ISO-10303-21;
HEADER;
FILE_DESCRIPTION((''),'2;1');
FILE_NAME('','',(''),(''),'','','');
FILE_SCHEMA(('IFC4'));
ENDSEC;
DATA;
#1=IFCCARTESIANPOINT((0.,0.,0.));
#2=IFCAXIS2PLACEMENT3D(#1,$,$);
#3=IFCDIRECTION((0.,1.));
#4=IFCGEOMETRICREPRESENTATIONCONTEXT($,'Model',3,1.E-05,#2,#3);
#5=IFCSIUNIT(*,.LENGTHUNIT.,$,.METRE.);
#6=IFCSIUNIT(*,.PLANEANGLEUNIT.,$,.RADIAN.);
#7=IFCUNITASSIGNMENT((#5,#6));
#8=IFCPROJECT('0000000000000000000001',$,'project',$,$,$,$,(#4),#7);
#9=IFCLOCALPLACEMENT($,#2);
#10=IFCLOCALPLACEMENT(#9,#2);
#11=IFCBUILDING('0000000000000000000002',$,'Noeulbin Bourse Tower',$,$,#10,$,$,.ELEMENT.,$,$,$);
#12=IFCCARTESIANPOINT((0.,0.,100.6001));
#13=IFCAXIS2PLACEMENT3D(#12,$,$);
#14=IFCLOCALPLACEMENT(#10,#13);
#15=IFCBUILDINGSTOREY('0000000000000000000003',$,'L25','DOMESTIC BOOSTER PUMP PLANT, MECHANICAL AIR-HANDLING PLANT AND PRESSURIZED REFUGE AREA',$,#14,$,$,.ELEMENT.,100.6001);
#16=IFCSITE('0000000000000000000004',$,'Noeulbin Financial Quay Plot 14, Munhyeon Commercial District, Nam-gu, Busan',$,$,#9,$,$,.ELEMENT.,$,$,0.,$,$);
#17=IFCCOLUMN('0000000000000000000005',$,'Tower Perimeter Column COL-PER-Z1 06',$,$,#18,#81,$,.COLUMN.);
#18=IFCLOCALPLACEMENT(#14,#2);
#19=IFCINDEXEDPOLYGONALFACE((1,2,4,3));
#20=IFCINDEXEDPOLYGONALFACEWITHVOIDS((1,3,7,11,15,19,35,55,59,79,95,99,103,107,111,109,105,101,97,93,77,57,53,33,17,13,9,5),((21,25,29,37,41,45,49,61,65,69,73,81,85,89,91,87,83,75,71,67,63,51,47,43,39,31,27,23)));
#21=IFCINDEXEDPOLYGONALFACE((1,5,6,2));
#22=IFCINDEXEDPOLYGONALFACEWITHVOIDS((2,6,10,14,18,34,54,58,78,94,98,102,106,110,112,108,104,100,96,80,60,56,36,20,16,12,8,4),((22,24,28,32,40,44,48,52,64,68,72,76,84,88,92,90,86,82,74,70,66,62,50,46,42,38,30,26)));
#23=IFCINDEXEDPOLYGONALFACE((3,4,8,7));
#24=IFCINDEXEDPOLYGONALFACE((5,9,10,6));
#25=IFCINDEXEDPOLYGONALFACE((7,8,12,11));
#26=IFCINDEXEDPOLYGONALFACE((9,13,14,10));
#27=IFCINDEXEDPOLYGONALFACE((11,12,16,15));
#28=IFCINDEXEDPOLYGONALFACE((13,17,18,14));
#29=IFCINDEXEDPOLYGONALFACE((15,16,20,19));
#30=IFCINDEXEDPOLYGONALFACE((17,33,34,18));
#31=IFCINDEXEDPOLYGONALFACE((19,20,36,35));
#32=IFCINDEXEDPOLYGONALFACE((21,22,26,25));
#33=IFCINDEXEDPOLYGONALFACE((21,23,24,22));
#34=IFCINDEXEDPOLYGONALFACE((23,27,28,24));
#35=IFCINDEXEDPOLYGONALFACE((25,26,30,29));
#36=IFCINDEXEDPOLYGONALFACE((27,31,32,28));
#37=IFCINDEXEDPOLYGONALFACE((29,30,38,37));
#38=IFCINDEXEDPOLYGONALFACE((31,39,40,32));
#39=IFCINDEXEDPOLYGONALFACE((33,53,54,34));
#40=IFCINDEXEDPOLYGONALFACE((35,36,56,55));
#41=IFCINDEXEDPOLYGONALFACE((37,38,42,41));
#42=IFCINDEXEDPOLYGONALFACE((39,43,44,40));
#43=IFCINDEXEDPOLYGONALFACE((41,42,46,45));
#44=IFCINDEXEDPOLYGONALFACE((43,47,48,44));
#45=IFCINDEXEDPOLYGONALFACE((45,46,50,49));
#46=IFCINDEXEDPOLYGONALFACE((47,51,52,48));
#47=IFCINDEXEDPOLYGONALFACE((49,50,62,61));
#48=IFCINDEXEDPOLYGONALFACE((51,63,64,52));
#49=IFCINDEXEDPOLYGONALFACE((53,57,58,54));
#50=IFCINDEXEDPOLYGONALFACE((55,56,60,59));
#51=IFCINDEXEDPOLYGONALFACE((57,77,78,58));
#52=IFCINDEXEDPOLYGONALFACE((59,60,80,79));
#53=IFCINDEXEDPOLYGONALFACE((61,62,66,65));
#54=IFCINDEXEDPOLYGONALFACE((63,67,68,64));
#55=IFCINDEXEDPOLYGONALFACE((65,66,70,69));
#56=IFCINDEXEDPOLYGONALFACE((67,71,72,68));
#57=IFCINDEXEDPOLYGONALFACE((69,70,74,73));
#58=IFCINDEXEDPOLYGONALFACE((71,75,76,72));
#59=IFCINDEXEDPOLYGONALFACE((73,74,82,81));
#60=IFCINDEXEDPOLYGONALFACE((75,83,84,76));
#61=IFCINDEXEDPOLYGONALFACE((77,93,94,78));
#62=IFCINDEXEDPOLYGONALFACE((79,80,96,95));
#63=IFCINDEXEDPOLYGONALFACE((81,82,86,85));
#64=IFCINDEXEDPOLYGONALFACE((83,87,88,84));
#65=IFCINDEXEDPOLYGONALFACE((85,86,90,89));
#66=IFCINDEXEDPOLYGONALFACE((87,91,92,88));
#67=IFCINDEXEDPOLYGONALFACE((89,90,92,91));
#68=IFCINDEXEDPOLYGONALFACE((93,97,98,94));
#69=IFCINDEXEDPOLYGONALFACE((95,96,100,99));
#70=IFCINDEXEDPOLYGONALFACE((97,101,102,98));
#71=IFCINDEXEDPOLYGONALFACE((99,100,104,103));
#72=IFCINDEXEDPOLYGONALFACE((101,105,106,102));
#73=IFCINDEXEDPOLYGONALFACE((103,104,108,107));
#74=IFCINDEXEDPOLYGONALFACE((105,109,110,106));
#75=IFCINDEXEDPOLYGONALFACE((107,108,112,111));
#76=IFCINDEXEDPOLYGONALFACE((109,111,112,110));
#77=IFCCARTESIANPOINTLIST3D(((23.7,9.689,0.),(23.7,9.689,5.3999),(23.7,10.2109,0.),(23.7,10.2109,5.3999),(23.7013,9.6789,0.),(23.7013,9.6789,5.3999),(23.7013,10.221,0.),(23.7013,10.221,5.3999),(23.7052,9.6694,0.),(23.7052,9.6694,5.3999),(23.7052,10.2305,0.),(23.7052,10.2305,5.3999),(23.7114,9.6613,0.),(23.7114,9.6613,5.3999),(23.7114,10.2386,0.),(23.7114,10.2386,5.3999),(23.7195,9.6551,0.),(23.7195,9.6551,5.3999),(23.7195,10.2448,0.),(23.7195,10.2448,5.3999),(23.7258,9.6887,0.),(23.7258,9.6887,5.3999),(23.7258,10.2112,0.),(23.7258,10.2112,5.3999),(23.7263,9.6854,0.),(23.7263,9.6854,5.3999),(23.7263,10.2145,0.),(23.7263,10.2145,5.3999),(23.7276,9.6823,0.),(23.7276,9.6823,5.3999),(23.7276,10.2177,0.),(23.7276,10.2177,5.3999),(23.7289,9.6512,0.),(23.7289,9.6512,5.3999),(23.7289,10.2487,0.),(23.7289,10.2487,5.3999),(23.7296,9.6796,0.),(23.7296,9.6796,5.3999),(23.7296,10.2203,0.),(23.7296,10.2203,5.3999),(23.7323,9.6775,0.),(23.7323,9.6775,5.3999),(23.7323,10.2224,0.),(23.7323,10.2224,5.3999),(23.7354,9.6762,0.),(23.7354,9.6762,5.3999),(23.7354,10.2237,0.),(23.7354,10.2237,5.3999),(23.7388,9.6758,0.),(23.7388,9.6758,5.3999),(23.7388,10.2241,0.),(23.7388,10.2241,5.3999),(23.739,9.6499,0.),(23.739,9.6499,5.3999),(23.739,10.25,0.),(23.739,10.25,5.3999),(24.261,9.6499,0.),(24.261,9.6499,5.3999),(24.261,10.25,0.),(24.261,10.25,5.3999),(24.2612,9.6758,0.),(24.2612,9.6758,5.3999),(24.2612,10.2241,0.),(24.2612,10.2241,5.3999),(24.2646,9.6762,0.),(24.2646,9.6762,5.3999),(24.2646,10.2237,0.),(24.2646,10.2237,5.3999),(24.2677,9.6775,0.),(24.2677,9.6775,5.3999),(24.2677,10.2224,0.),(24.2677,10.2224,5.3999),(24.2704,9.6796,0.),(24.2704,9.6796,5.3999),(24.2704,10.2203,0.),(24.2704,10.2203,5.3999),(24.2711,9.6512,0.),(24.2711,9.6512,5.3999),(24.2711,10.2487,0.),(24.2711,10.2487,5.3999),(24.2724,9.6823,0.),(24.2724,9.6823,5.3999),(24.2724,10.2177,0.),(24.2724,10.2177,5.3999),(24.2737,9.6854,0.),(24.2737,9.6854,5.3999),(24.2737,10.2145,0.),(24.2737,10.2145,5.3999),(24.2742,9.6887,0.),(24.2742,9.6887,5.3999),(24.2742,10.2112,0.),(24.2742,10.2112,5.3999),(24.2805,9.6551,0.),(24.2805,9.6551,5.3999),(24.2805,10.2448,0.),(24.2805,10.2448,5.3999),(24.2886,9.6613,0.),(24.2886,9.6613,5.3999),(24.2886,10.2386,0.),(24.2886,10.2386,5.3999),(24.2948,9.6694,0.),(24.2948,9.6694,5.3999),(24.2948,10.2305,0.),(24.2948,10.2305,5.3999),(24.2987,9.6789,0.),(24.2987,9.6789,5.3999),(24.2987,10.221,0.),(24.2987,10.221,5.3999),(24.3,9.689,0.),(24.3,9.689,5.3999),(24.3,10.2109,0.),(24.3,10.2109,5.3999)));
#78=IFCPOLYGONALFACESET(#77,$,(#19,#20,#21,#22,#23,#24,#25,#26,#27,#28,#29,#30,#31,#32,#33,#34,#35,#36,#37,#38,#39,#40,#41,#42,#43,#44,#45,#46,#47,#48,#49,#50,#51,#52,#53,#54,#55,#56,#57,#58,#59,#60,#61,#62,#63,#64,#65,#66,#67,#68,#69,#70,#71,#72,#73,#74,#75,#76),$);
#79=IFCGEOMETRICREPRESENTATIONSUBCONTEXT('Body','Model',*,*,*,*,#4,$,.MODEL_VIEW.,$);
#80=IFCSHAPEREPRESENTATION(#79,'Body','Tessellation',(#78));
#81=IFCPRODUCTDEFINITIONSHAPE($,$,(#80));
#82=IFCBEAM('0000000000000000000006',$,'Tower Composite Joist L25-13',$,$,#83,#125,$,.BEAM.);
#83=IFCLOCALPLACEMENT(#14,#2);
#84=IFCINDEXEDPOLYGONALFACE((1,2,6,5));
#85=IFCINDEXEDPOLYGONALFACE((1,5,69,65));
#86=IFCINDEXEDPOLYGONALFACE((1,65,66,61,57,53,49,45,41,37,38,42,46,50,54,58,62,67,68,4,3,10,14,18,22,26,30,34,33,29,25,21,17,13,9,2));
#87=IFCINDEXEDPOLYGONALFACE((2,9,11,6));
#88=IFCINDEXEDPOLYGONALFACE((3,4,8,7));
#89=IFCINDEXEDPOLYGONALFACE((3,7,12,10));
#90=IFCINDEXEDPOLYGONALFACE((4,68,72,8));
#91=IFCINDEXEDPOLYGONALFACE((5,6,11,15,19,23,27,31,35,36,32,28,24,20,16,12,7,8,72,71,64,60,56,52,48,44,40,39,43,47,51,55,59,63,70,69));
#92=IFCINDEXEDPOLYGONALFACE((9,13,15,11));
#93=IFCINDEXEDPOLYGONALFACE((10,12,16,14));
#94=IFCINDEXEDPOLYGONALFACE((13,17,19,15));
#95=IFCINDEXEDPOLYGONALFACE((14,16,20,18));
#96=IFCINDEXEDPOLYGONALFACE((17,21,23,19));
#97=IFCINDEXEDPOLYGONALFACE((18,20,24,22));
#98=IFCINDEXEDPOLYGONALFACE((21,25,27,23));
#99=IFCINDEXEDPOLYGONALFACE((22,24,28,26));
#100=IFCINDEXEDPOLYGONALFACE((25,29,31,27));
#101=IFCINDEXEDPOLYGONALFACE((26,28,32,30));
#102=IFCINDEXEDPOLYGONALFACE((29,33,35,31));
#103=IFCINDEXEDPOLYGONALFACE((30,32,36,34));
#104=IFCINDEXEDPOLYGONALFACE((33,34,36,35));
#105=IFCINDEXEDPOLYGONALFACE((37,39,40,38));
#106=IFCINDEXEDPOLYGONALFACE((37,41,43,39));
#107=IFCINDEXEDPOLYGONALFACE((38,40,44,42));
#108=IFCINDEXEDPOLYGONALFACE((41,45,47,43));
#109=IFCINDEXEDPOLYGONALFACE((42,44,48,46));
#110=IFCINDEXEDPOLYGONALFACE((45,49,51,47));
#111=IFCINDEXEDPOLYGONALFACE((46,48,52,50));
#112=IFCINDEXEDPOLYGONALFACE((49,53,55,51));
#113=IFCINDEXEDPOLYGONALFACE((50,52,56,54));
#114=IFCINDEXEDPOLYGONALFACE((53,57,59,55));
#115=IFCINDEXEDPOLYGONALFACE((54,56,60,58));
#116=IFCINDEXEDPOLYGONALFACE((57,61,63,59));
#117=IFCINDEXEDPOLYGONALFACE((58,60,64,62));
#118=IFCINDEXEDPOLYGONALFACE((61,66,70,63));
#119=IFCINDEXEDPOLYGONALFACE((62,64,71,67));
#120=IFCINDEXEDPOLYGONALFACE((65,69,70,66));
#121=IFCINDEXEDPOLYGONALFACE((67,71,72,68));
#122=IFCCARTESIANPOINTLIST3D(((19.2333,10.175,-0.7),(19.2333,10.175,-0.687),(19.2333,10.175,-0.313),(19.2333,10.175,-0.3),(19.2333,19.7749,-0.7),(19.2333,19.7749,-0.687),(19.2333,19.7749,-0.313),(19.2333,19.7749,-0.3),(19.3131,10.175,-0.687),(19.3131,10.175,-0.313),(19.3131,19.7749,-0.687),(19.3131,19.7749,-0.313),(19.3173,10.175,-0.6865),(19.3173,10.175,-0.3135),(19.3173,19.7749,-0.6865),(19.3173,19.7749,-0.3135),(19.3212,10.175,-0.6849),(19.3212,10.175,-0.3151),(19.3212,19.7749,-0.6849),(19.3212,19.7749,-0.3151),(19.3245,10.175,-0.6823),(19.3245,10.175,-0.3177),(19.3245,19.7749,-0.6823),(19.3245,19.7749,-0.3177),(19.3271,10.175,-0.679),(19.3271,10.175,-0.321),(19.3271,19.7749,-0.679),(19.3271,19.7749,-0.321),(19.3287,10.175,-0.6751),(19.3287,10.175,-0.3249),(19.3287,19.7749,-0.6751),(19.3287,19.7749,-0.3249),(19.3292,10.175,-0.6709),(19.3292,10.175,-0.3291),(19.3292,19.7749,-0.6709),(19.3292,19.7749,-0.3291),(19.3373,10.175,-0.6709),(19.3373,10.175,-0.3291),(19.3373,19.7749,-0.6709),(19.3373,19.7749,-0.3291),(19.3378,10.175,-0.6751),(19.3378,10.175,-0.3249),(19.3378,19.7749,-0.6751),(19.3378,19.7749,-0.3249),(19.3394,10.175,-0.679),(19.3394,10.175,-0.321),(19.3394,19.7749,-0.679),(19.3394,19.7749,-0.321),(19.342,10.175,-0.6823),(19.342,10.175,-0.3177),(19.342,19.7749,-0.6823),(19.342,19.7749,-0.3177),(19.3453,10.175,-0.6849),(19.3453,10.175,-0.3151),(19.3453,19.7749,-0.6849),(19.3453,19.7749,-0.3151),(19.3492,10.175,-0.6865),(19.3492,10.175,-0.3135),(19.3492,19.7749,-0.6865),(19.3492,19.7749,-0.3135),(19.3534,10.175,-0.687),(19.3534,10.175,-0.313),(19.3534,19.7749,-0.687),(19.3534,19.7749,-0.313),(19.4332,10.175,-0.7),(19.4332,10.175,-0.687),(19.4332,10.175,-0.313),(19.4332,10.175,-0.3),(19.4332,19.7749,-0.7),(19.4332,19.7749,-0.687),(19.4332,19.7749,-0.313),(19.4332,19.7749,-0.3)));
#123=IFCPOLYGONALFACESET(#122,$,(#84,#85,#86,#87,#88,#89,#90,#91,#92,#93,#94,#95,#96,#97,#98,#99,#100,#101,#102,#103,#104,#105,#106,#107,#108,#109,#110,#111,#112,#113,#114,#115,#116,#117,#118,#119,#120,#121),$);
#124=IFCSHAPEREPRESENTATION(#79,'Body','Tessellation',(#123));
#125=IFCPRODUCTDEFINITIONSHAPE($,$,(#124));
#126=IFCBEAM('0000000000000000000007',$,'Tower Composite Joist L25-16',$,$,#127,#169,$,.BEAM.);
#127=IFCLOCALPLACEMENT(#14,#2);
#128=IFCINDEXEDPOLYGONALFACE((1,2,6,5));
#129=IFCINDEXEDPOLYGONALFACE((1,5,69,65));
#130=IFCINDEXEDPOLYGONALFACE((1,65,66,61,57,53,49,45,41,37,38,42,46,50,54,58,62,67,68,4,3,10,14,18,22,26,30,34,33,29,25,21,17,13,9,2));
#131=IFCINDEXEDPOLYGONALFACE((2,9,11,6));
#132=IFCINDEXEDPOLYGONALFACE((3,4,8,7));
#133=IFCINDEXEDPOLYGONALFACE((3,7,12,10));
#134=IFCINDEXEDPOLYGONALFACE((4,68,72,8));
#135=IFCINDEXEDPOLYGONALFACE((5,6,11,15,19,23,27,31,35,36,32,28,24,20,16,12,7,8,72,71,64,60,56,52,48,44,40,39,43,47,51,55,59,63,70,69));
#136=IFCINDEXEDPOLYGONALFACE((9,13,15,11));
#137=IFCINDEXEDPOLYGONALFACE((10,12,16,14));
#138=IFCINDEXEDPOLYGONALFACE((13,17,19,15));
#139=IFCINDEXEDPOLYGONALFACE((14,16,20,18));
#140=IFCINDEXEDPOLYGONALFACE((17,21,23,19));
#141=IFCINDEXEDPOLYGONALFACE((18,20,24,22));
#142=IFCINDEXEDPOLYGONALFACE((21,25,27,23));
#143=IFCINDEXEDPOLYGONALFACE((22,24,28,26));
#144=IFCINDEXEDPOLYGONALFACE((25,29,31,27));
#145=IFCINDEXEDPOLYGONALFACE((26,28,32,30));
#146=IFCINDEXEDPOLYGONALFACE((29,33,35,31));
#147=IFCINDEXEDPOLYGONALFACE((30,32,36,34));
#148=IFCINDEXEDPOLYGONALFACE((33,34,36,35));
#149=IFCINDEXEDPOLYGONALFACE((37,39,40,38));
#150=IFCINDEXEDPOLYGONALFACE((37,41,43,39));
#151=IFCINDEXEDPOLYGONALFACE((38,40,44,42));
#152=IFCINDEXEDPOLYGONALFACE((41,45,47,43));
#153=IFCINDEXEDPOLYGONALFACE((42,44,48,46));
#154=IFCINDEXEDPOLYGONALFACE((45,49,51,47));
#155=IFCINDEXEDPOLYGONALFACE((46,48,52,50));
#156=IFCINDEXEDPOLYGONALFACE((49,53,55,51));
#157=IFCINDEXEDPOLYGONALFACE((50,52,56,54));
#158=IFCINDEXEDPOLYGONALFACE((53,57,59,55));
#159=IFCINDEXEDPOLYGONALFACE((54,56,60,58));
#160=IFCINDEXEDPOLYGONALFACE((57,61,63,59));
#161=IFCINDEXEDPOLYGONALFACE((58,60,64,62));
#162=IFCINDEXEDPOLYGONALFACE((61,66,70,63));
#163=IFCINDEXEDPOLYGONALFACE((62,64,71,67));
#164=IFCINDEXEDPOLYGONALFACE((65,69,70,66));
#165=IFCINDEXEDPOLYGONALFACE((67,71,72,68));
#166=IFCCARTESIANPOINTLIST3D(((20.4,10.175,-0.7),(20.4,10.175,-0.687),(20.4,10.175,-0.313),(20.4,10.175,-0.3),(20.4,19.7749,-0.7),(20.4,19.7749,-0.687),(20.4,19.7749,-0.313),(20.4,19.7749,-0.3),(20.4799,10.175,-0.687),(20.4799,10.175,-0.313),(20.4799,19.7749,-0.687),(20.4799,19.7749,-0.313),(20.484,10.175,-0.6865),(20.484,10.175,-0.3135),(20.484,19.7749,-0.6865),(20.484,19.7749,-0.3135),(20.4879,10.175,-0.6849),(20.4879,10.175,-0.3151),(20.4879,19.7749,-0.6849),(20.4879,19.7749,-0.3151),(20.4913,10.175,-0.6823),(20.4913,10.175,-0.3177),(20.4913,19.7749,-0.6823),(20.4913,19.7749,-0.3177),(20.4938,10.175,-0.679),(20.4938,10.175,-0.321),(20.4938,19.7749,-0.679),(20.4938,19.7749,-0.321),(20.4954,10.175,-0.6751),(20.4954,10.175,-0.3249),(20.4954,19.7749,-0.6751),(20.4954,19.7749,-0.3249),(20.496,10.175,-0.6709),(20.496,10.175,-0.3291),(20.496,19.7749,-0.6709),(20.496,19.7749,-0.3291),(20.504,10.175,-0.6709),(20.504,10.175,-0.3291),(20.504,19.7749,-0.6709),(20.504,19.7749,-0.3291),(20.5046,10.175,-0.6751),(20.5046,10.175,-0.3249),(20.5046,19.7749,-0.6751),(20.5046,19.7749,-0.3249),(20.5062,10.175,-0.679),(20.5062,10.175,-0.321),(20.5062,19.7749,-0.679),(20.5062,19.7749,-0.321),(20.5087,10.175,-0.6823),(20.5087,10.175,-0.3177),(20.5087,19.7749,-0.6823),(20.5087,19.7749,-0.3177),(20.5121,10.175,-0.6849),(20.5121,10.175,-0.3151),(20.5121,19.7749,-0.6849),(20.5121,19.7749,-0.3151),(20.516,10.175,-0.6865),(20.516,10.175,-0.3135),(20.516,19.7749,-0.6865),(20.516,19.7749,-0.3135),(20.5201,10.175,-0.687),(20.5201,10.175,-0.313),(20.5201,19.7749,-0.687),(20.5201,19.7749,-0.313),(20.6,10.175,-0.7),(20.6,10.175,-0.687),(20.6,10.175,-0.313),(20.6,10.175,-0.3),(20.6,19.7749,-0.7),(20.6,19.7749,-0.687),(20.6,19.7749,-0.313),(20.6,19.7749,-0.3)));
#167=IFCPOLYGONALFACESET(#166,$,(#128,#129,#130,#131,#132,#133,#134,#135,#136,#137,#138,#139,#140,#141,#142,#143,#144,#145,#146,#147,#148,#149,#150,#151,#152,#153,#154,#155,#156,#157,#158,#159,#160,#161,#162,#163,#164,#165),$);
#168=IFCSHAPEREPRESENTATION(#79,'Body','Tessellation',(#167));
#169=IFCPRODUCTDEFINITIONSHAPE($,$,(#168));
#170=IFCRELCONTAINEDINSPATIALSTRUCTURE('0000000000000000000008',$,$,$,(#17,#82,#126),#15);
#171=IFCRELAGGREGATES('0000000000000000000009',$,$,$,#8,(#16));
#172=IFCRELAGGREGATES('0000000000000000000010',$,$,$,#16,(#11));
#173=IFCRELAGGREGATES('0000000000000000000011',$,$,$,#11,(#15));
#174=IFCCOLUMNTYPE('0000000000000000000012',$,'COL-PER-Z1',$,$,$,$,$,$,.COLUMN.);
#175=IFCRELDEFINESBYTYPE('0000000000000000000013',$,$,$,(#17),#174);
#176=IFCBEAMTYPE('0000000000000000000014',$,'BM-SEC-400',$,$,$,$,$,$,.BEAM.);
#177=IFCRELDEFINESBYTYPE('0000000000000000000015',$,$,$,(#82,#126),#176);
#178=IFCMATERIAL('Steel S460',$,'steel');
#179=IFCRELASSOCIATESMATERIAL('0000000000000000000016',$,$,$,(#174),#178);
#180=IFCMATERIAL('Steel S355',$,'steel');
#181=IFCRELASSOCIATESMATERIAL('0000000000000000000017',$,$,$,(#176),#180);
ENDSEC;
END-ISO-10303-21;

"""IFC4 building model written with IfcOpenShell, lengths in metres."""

from ifc_helpers import new_model, si_unit, direction, frame, origin, origin_2d, place, context, subcontext, project, spatial, hollow_rectangle, i_section, extrude, material, material_profile, profile_set, type_object, element, save


model = new_model("IFC4")

# Units and contexts
model_context = context("Model", 3, precision=1e-05, world=origin(), true_north=direction((0.0, 1.0)))
body_context = subcontext(model_context, "Body", "Model", "MODEL_VIEW")
ifc_project = project(units=[si_unit("LENGTHUNIT", "METRE"), si_unit("PLANEANGLEUNIT", "RADIAN")], contexts=[model_context])

# Site, building, storey
site_placement = place(None, origin())
site = spatial("IfcSite", under=ifc_project, at=site_placement, Name="Noeulbin Financial Quay Plot 14, Munhyeon Commercial District, Nam-gu, Busan", CompositionType="ELEMENT", RefElevation=0.0)
building_placement = place(site_placement, origin())
building = spatial("IfcBuilding", under=site, at=building_placement, Name="Noeulbin Bourse Tower", CompositionType="ELEMENT")
storey_placement = place(building_placement, frame((0.0, 0.0, 100.6001)))
storey = spatial("IfcBuildingStorey", under=building, at=storey_placement, Name="L25", Description="DOMESTIC BOOSTER PUMP PLANT, MECHANICAL AIR-HANDLING PLANT AND PRESSURIZED REFUGE AREA", CompositionType="ELEMENT", Elevation=100.6001)

# Column
ifc_material_1 = material(Name="Steel S460", Category="steel")
ifc_material_profile_1 = material_profile(ifc_material_1, hollow_rectangle(XDim=0.6001, YDim=0.6001, WallThickness=0.0259, InnerFilletRadius=0.0129, OuterFilletRadius=0.0391, at=origin_2d()), Name="BOX-600x600x26", Category="LoadBearing")
ifc_profile_set_1 = profile_set([ifc_material_profile_1], Name="Steel S460")
column_type = type_object("IfcColumnType", Name="COL-PER-Z1", PredefinedType="COLUMN", material=ifc_profile_set_1)
column_placement = place(storey_placement, frame((24.0, 9.95, 0.0), z_axis=(0.0, 0.0, 1.0), x_axis=(1.0, 0.0, 0.0)))
element("IfcColumn", 1, at=column_placement, inside=storey, type_object=column_type, Name="Tower Perimeter Column COL-PER-Z1 06", PredefinedType="COLUMN", context=body_context, shape_type="SweptSolid", body=[
    extrude(hollow_rectangle(XDim=0.6001, YDim=0.6001, WallThickness=0.0259, InnerFilletRadius=0.0129, OuterFilletRadius=0.0391, at=origin_2d()), origin(), (0.0, 0.0, 1.0), 5.3999),
])

# Beams
ifc_material_2 = material(Name="Steel S355", Category="steel")
ifc_material_profile_2 = material_profile(ifc_material_2, i_section(OverallWidth=0.2, OverallDepth=0.3999, WebThickness=0.0081, FlangeThickness=0.0129, FilletRadius=0.0161, at=origin_2d()), Name="H-400x200x8x13", Category="LoadBearing")
ifc_profile_set_2 = profile_set([ifc_material_profile_2], Name="Steel S355")
beam_type_1 = type_object("IfcBeamType", Name="BM-SEC-400", PredefinedType="BEAM", material=ifc_profile_set_2)
for number, where, z_axis, x_axis, name in (
    (2, (19.3333, 10.175, -0.5), (0.0, 1.0, 0.0), (-1.0, 0.0, 0.0), "Tower Composite Joist L25-13"),
    (3, (20.5, 10.175, -0.5), (0.0, 1.0, 0.0), (-1.0, 0.0, 0.0), "Tower Composite Joist L25-16"),
):
    element("IfcBeam", number, at=place(storey_placement, frame(where, z_axis=z_axis, x_axis=x_axis)), inside=storey, type_object=beam_type_1, Name=name, PredefinedType="BEAM", context=body_context, shape_type="SweptSolid", body=[
        extrude(i_section(OverallWidth=0.2, OverallDepth=0.3999, WebThickness=0.0081, FlangeThickness=0.0129, FilletRadius=0.0161, at=origin_2d()), origin(), (0.0, 0.0, 1.0), 9.5999),
    ])

save(model, "model.ifc")
